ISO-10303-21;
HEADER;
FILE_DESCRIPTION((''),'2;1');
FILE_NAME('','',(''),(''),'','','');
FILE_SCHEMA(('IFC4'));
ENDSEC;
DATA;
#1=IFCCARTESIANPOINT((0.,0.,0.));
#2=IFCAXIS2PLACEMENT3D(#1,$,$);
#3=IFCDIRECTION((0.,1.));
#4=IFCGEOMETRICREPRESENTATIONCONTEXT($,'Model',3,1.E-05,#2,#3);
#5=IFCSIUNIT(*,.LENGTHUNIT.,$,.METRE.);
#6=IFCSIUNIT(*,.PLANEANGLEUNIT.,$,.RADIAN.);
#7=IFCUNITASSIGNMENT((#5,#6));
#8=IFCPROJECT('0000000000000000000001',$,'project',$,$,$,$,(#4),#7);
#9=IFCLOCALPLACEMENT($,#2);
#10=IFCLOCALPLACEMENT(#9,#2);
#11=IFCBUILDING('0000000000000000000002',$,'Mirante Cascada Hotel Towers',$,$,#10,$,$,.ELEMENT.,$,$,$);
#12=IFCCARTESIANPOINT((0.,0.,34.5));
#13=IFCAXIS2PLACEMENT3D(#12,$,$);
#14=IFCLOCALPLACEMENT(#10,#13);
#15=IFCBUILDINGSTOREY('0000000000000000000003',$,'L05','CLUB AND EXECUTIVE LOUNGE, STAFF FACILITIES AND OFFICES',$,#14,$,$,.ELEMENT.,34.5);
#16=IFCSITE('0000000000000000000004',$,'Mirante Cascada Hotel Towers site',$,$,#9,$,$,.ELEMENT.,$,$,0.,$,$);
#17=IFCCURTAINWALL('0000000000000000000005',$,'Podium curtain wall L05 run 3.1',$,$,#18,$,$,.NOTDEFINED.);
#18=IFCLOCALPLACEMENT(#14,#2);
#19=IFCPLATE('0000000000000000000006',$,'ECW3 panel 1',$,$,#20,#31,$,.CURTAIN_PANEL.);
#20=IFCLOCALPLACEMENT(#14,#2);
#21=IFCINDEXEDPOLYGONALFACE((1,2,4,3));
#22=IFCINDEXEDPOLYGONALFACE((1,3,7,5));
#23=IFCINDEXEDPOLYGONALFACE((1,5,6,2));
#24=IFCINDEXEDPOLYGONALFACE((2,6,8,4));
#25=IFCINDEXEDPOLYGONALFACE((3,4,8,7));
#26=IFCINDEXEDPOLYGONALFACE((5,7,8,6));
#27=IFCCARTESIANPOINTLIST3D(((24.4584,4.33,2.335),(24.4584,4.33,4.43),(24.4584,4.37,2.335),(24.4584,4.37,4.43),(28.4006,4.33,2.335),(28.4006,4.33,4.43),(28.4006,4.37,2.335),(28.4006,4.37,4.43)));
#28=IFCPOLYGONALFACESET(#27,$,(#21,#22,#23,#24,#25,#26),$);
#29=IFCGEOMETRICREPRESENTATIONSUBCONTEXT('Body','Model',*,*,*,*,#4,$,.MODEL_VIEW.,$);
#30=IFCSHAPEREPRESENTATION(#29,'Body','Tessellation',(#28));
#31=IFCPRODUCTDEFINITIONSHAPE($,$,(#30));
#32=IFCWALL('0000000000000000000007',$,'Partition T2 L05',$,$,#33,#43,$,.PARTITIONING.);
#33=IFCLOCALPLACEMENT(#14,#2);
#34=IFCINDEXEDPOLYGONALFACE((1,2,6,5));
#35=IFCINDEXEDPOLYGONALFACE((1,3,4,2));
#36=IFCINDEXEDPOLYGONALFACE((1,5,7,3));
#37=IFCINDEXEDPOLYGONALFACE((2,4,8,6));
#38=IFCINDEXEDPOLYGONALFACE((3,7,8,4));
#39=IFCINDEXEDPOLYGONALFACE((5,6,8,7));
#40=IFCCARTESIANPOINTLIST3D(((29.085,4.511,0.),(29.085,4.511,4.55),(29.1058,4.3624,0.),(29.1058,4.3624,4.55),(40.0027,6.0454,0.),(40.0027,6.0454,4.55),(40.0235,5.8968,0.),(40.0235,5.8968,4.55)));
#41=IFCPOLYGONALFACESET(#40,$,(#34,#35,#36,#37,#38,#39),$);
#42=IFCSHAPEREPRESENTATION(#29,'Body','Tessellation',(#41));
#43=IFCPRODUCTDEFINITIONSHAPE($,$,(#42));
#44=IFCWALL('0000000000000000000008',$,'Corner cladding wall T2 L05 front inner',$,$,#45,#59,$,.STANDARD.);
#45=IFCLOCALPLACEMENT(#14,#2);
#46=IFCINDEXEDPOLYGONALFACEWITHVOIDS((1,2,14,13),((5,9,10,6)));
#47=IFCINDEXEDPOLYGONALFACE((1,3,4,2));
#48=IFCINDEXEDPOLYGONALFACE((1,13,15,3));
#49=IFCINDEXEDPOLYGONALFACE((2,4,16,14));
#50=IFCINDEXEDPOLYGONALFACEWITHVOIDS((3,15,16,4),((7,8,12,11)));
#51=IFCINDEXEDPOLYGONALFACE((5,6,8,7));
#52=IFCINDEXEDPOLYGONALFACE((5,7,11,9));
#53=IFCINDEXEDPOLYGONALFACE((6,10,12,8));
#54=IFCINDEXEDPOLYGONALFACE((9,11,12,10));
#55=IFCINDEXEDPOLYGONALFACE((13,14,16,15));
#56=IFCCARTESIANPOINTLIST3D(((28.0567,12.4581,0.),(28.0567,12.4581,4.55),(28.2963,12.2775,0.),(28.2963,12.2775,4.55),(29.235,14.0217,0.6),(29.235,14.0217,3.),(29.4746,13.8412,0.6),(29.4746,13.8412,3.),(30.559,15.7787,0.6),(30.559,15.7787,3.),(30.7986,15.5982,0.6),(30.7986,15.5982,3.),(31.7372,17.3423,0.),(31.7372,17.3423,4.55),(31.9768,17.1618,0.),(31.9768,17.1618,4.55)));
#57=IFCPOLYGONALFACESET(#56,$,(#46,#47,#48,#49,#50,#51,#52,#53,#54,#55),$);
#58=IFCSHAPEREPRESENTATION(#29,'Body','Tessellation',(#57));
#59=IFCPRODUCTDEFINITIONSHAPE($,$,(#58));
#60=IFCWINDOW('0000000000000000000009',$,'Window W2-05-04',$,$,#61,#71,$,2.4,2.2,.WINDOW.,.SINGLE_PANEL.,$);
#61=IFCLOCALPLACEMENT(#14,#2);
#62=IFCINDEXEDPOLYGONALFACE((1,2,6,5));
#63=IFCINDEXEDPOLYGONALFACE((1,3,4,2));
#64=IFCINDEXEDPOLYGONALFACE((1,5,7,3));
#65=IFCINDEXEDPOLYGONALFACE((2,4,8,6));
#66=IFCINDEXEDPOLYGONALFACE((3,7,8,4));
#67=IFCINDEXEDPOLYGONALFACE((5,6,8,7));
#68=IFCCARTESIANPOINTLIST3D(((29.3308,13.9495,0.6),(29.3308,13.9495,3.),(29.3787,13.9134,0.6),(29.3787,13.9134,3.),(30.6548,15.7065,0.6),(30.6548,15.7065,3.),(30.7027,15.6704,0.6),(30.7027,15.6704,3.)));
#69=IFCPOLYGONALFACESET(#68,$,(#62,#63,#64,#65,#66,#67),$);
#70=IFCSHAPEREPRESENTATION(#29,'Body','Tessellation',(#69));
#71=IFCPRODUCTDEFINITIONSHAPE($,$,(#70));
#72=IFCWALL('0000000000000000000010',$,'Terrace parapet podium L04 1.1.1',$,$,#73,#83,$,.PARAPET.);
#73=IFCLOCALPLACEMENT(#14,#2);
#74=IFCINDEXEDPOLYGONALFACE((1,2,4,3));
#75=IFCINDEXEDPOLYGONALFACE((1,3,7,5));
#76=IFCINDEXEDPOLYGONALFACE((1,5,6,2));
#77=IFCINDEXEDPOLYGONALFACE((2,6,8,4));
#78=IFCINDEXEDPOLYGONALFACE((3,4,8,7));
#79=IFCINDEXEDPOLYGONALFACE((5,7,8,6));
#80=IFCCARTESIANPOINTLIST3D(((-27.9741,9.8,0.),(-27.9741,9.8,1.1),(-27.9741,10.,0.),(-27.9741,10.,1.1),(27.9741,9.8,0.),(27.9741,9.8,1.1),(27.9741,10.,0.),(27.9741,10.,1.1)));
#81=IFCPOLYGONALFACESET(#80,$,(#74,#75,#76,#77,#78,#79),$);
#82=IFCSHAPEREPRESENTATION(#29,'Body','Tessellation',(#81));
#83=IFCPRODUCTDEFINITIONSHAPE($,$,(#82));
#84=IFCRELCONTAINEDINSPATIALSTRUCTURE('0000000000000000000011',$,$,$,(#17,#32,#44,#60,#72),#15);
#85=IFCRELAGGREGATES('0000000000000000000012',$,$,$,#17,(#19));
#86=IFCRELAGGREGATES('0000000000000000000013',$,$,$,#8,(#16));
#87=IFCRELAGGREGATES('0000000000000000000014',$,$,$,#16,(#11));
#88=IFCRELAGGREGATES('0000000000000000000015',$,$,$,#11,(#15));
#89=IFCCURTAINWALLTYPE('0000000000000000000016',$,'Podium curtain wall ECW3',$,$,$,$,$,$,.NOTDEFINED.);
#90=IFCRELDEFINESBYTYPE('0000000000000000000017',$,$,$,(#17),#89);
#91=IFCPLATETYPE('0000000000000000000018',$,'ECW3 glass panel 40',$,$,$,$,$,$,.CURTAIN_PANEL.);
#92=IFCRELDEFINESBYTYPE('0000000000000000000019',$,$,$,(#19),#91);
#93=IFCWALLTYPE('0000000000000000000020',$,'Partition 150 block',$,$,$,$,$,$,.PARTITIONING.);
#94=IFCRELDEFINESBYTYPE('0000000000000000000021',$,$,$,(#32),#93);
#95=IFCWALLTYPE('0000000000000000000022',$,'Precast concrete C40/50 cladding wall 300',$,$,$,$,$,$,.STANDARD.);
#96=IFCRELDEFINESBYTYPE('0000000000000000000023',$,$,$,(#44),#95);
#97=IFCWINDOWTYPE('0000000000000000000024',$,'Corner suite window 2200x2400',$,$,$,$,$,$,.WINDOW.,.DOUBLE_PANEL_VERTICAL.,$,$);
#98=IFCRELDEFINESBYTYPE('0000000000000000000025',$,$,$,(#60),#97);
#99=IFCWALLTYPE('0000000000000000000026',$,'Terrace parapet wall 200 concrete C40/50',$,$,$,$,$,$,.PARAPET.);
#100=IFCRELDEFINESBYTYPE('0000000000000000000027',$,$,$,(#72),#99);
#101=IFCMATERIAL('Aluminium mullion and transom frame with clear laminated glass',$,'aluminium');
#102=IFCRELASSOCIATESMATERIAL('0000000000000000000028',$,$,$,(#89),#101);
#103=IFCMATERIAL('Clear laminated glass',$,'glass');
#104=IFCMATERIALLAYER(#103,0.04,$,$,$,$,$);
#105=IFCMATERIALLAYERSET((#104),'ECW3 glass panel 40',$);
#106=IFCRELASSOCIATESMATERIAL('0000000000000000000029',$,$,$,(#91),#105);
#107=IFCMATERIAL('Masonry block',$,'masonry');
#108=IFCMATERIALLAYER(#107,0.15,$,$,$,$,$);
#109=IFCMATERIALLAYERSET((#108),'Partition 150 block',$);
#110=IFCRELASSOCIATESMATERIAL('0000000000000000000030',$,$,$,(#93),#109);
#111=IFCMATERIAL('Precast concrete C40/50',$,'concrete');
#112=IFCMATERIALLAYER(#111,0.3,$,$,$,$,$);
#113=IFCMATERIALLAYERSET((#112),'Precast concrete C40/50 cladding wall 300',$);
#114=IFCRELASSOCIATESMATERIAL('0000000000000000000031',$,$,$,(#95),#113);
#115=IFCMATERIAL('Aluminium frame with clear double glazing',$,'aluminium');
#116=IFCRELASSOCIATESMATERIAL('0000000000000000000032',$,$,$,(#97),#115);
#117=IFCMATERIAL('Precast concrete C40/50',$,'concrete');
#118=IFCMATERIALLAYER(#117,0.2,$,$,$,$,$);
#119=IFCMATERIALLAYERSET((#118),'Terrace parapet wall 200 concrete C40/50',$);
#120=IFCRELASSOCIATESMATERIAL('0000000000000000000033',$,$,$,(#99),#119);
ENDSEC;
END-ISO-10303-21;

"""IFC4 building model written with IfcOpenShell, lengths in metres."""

from ifc_helpers import new_model, si_unit, direction, frame, frame_2d, origin, origin_2d, place, context, subcontext, project, spatial, rectangle, extrude, material, layer, layer_set, type_object, element, fill, aggregate, save


model = new_model("IFC4")

# Units and contexts
model_context = context("Model", 3, precision=1e-05, world=origin(), true_north=direction((0.0, 1.0)))
body_context = subcontext(model_context, "Body", "Model", "MODEL_VIEW")
ifc_project = project(units=[si_unit("LENGTHUNIT", "METRE"), si_unit("PLANEANGLEUNIT", "RADIAN")], contexts=[model_context])

# Site, building, storey
site_placement = place(None, origin())
site = spatial("IfcSite", under=ifc_project, at=site_placement, Name="Mirante Cascada Hotel Towers site", CompositionType="ELEMENT", RefElevation=0.0)
building_placement = place(site_placement, origin())
building = spatial("IfcBuilding", under=site, at=building_placement, Name="Mirante Cascada Hotel Towers", CompositionType="ELEMENT")
storey_placement = place(building_placement, frame((0.0, 0.0, 34.5)))
storey = spatial("IfcBuildingStorey", under=building, at=storey_placement, Name="L05", Description="CLUB AND EXECUTIVE LOUNGE, STAFF FACILITIES AND OFFICES", CompositionType="ELEMENT", Elevation=34.5)

# Shared definitions
ifc_material_1 = material(Name="Aluminium mullion and transom frame with clear laminated glass", Category="aluminium")
curtain_wall_type = type_object("IfcCurtainWallType", Name="Podium curtain wall ECW3", PredefinedType="NOTDEFINED", material=ifc_material_1)

# Curtain wall
curtain_wall_1_placement = place(storey_placement, origin())
curtain_wall_1 = element("IfcCurtainWall", 1, at=curtain_wall_1_placement, inside=storey, type_object=curtain_wall_type, Name="Podium curtain wall L05 run 3.1", PredefinedType="NOTDEFINED")

# Plate
ifc_material_2 = material(Name="Clear laminated glass", Category="glass")
ifc_layer_1 = layer(ifc_material_2, 0.04)
ifc_layer_set_1 = layer_set([ifc_layer_1], Name="ECW3 glass panel 40")
plate_type = type_object("IfcPlateType", Name="ECW3 glass panel 40", PredefinedType="CURTAIN_PANEL", material=ifc_layer_set_1)
plate_1_placement = place(storey_placement, frame((26.4295, 4.35, 2.335), z_axis=(0.0, 0.0, 1.0), x_axis=(-1.0, 0.0, 0.0)))
plate_1 = element("IfcPlate", 2, at=plate_1_placement, type_object=plate_type, Name="ECW3 panel 1", PredefinedType="CURTAIN_PANEL", context=body_context, shape_type="SweptSolid", body=[
    extrude(rectangle(XDim=3.9421, YDim=0.04, at=origin_2d()), origin(), (0.0, 0.0, 1.0), 2.095),
])
aggregate(curtain_wall_1, [plate_1])

# Wall
ifc_material_3 = material(Name="Masonry block", Category="masonry")
ifc_layer_2 = layer(ifc_material_3, 0.15)
ifc_layer_set_2 = layer_set([ifc_layer_2], Name="Partition 150 block")
wall_type_1 = type_object("IfcWallType", Name="Partition 150 block", PredefinedType="PARTITIONING", material=ifc_layer_set_2)
wall_1_placement = place(storey_placement, frame((29.0954, 4.4367, 0.0), z_axis=(0.0, 0.0, 1.0), x_axis=(0.990268, 0.139175, 0.0)))
element("IfcWall", 3, at=wall_1_placement, inside=storey, type_object=wall_type_1, Name="Partition T2 L05", PredefinedType="PARTITIONING", context=body_context, shape_type="SweptSolid", body=[
    extrude(rectangle(XDim=11.025, YDim=0.15, at=frame_2d((5.5125, 0.0))), origin(), (0.0, 0.0, 1.0), 4.55),
])

# Wall, opening, window
ifc_material_4 = material(Name="Precast concrete C40/50", Category="concrete")
ifc_layer_3 = layer(ifc_material_4, 0.3)
ifc_layer_set_3 = layer_set([ifc_layer_3], Name="Precast concrete C40/50 cladding wall 300")
wall_type_2 = type_object("IfcWallType", Name="Precast concrete C40/50 cladding wall 300", PredefinedType="STANDARD", material=ifc_layer_set_3)
wall_2_placement = place(storey_placement, frame((31.857, 17.252, 0.0), z_axis=(0.0, 0.0, 1.0), x_axis=(-0.601814, -0.798636, 0.0)))
wall_2 = element("IfcWall", 4, at=wall_2_placement, inside=storey, type_object=wall_type_2, Name="Corner cladding wall T2 L05 front inner", PredefinedType="STANDARD", context=body_context, shape_type="SweptSolid", body=[
    extrude(rectangle(XDim=6.1157, YDim=0.3, at=frame_2d((3.0578, 0.0))), origin(), (0.0, 0.0, 1.0), 4.55),
])
opening_placement = place(wall_2_placement, frame((1.9578, 0.0, 0.6)))
opening = element("IfcOpeningElement", 5, at=opening_placement, cuts=wall_2, PredefinedType="OPENING", context=body_context, shape_type="SweptSolid", body=[
    extrude(rectangle(XDim=2.2, YDim=2.4, at=frame_2d((1.1, 1.2))), frame((0.0, 0.15, 0.0), z_axis=(0.0, -1.0, 0.0), x_axis=(1.0, 0.0, 0.0)), (0.0, 0.0, 1.0), 0.3),
])
ifc_material_5 = material(Name="Aluminium frame with clear double glazing", Category="aluminium")
window_type = type_object("IfcWindowType", Name="Corner suite window 2200x2400", PartitioningType="DOUBLE_PANEL_VERTICAL", PredefinedType="WINDOW", material=ifc_material_5)
window_placement = place(opening_placement, origin())
window = element("IfcWindow", 6, at=window_placement, inside=storey, type_object=window_type, Name="Window W2-05-04", OverallHeight=2.4, OverallWidth=2.2, PartitioningType="SINGLE_PANEL", PredefinedType="WINDOW", context=body_context, shape_type="SweptSolid", body=[
    extrude(rectangle(XDim=2.2, YDim=2.4, at=frame_2d((1.1, 1.2))), frame((0.0, 0.03, 0.0), z_axis=(0.0, -1.0, 0.0), x_axis=(1.0, 0.0, 0.0)), (0.0, 0.0, 1.0), 0.06),
])
fill(opening, window)

# Wall
ifc_material_6 = material(Name="Precast concrete C40/50", Category="concrete")
ifc_layer_4 = layer(ifc_material_6, 0.2)
ifc_layer_set_4 = layer_set([ifc_layer_4], Name="Terrace parapet wall 200 concrete C40/50")
wall_type_3 = type_object("IfcWallType", Name="Terrace parapet wall 200 concrete C40/50", PredefinedType="PARAPET", material=ifc_layer_set_4)
wall_3_placement = place(storey_placement, frame((27.9741, 9.9, 0.0), z_axis=(0.0, 0.0, 1.0), x_axis=(-1.0, 0.0, 0.0)))
element("IfcWall", 7, at=wall_3_placement, inside=storey, type_object=wall_type_3, Name="Terrace parapet podium L04 1.1.1", PredefinedType="PARAPET", context=body_context, shape_type="SweptSolid", body=[
    extrude(rectangle(XDim=55.9482, YDim=0.2, at=frame_2d((27.9741, 0.0))), origin(), (0.0, 0.0, 1.0), 1.1),
])

save(model, "model.ifc")
